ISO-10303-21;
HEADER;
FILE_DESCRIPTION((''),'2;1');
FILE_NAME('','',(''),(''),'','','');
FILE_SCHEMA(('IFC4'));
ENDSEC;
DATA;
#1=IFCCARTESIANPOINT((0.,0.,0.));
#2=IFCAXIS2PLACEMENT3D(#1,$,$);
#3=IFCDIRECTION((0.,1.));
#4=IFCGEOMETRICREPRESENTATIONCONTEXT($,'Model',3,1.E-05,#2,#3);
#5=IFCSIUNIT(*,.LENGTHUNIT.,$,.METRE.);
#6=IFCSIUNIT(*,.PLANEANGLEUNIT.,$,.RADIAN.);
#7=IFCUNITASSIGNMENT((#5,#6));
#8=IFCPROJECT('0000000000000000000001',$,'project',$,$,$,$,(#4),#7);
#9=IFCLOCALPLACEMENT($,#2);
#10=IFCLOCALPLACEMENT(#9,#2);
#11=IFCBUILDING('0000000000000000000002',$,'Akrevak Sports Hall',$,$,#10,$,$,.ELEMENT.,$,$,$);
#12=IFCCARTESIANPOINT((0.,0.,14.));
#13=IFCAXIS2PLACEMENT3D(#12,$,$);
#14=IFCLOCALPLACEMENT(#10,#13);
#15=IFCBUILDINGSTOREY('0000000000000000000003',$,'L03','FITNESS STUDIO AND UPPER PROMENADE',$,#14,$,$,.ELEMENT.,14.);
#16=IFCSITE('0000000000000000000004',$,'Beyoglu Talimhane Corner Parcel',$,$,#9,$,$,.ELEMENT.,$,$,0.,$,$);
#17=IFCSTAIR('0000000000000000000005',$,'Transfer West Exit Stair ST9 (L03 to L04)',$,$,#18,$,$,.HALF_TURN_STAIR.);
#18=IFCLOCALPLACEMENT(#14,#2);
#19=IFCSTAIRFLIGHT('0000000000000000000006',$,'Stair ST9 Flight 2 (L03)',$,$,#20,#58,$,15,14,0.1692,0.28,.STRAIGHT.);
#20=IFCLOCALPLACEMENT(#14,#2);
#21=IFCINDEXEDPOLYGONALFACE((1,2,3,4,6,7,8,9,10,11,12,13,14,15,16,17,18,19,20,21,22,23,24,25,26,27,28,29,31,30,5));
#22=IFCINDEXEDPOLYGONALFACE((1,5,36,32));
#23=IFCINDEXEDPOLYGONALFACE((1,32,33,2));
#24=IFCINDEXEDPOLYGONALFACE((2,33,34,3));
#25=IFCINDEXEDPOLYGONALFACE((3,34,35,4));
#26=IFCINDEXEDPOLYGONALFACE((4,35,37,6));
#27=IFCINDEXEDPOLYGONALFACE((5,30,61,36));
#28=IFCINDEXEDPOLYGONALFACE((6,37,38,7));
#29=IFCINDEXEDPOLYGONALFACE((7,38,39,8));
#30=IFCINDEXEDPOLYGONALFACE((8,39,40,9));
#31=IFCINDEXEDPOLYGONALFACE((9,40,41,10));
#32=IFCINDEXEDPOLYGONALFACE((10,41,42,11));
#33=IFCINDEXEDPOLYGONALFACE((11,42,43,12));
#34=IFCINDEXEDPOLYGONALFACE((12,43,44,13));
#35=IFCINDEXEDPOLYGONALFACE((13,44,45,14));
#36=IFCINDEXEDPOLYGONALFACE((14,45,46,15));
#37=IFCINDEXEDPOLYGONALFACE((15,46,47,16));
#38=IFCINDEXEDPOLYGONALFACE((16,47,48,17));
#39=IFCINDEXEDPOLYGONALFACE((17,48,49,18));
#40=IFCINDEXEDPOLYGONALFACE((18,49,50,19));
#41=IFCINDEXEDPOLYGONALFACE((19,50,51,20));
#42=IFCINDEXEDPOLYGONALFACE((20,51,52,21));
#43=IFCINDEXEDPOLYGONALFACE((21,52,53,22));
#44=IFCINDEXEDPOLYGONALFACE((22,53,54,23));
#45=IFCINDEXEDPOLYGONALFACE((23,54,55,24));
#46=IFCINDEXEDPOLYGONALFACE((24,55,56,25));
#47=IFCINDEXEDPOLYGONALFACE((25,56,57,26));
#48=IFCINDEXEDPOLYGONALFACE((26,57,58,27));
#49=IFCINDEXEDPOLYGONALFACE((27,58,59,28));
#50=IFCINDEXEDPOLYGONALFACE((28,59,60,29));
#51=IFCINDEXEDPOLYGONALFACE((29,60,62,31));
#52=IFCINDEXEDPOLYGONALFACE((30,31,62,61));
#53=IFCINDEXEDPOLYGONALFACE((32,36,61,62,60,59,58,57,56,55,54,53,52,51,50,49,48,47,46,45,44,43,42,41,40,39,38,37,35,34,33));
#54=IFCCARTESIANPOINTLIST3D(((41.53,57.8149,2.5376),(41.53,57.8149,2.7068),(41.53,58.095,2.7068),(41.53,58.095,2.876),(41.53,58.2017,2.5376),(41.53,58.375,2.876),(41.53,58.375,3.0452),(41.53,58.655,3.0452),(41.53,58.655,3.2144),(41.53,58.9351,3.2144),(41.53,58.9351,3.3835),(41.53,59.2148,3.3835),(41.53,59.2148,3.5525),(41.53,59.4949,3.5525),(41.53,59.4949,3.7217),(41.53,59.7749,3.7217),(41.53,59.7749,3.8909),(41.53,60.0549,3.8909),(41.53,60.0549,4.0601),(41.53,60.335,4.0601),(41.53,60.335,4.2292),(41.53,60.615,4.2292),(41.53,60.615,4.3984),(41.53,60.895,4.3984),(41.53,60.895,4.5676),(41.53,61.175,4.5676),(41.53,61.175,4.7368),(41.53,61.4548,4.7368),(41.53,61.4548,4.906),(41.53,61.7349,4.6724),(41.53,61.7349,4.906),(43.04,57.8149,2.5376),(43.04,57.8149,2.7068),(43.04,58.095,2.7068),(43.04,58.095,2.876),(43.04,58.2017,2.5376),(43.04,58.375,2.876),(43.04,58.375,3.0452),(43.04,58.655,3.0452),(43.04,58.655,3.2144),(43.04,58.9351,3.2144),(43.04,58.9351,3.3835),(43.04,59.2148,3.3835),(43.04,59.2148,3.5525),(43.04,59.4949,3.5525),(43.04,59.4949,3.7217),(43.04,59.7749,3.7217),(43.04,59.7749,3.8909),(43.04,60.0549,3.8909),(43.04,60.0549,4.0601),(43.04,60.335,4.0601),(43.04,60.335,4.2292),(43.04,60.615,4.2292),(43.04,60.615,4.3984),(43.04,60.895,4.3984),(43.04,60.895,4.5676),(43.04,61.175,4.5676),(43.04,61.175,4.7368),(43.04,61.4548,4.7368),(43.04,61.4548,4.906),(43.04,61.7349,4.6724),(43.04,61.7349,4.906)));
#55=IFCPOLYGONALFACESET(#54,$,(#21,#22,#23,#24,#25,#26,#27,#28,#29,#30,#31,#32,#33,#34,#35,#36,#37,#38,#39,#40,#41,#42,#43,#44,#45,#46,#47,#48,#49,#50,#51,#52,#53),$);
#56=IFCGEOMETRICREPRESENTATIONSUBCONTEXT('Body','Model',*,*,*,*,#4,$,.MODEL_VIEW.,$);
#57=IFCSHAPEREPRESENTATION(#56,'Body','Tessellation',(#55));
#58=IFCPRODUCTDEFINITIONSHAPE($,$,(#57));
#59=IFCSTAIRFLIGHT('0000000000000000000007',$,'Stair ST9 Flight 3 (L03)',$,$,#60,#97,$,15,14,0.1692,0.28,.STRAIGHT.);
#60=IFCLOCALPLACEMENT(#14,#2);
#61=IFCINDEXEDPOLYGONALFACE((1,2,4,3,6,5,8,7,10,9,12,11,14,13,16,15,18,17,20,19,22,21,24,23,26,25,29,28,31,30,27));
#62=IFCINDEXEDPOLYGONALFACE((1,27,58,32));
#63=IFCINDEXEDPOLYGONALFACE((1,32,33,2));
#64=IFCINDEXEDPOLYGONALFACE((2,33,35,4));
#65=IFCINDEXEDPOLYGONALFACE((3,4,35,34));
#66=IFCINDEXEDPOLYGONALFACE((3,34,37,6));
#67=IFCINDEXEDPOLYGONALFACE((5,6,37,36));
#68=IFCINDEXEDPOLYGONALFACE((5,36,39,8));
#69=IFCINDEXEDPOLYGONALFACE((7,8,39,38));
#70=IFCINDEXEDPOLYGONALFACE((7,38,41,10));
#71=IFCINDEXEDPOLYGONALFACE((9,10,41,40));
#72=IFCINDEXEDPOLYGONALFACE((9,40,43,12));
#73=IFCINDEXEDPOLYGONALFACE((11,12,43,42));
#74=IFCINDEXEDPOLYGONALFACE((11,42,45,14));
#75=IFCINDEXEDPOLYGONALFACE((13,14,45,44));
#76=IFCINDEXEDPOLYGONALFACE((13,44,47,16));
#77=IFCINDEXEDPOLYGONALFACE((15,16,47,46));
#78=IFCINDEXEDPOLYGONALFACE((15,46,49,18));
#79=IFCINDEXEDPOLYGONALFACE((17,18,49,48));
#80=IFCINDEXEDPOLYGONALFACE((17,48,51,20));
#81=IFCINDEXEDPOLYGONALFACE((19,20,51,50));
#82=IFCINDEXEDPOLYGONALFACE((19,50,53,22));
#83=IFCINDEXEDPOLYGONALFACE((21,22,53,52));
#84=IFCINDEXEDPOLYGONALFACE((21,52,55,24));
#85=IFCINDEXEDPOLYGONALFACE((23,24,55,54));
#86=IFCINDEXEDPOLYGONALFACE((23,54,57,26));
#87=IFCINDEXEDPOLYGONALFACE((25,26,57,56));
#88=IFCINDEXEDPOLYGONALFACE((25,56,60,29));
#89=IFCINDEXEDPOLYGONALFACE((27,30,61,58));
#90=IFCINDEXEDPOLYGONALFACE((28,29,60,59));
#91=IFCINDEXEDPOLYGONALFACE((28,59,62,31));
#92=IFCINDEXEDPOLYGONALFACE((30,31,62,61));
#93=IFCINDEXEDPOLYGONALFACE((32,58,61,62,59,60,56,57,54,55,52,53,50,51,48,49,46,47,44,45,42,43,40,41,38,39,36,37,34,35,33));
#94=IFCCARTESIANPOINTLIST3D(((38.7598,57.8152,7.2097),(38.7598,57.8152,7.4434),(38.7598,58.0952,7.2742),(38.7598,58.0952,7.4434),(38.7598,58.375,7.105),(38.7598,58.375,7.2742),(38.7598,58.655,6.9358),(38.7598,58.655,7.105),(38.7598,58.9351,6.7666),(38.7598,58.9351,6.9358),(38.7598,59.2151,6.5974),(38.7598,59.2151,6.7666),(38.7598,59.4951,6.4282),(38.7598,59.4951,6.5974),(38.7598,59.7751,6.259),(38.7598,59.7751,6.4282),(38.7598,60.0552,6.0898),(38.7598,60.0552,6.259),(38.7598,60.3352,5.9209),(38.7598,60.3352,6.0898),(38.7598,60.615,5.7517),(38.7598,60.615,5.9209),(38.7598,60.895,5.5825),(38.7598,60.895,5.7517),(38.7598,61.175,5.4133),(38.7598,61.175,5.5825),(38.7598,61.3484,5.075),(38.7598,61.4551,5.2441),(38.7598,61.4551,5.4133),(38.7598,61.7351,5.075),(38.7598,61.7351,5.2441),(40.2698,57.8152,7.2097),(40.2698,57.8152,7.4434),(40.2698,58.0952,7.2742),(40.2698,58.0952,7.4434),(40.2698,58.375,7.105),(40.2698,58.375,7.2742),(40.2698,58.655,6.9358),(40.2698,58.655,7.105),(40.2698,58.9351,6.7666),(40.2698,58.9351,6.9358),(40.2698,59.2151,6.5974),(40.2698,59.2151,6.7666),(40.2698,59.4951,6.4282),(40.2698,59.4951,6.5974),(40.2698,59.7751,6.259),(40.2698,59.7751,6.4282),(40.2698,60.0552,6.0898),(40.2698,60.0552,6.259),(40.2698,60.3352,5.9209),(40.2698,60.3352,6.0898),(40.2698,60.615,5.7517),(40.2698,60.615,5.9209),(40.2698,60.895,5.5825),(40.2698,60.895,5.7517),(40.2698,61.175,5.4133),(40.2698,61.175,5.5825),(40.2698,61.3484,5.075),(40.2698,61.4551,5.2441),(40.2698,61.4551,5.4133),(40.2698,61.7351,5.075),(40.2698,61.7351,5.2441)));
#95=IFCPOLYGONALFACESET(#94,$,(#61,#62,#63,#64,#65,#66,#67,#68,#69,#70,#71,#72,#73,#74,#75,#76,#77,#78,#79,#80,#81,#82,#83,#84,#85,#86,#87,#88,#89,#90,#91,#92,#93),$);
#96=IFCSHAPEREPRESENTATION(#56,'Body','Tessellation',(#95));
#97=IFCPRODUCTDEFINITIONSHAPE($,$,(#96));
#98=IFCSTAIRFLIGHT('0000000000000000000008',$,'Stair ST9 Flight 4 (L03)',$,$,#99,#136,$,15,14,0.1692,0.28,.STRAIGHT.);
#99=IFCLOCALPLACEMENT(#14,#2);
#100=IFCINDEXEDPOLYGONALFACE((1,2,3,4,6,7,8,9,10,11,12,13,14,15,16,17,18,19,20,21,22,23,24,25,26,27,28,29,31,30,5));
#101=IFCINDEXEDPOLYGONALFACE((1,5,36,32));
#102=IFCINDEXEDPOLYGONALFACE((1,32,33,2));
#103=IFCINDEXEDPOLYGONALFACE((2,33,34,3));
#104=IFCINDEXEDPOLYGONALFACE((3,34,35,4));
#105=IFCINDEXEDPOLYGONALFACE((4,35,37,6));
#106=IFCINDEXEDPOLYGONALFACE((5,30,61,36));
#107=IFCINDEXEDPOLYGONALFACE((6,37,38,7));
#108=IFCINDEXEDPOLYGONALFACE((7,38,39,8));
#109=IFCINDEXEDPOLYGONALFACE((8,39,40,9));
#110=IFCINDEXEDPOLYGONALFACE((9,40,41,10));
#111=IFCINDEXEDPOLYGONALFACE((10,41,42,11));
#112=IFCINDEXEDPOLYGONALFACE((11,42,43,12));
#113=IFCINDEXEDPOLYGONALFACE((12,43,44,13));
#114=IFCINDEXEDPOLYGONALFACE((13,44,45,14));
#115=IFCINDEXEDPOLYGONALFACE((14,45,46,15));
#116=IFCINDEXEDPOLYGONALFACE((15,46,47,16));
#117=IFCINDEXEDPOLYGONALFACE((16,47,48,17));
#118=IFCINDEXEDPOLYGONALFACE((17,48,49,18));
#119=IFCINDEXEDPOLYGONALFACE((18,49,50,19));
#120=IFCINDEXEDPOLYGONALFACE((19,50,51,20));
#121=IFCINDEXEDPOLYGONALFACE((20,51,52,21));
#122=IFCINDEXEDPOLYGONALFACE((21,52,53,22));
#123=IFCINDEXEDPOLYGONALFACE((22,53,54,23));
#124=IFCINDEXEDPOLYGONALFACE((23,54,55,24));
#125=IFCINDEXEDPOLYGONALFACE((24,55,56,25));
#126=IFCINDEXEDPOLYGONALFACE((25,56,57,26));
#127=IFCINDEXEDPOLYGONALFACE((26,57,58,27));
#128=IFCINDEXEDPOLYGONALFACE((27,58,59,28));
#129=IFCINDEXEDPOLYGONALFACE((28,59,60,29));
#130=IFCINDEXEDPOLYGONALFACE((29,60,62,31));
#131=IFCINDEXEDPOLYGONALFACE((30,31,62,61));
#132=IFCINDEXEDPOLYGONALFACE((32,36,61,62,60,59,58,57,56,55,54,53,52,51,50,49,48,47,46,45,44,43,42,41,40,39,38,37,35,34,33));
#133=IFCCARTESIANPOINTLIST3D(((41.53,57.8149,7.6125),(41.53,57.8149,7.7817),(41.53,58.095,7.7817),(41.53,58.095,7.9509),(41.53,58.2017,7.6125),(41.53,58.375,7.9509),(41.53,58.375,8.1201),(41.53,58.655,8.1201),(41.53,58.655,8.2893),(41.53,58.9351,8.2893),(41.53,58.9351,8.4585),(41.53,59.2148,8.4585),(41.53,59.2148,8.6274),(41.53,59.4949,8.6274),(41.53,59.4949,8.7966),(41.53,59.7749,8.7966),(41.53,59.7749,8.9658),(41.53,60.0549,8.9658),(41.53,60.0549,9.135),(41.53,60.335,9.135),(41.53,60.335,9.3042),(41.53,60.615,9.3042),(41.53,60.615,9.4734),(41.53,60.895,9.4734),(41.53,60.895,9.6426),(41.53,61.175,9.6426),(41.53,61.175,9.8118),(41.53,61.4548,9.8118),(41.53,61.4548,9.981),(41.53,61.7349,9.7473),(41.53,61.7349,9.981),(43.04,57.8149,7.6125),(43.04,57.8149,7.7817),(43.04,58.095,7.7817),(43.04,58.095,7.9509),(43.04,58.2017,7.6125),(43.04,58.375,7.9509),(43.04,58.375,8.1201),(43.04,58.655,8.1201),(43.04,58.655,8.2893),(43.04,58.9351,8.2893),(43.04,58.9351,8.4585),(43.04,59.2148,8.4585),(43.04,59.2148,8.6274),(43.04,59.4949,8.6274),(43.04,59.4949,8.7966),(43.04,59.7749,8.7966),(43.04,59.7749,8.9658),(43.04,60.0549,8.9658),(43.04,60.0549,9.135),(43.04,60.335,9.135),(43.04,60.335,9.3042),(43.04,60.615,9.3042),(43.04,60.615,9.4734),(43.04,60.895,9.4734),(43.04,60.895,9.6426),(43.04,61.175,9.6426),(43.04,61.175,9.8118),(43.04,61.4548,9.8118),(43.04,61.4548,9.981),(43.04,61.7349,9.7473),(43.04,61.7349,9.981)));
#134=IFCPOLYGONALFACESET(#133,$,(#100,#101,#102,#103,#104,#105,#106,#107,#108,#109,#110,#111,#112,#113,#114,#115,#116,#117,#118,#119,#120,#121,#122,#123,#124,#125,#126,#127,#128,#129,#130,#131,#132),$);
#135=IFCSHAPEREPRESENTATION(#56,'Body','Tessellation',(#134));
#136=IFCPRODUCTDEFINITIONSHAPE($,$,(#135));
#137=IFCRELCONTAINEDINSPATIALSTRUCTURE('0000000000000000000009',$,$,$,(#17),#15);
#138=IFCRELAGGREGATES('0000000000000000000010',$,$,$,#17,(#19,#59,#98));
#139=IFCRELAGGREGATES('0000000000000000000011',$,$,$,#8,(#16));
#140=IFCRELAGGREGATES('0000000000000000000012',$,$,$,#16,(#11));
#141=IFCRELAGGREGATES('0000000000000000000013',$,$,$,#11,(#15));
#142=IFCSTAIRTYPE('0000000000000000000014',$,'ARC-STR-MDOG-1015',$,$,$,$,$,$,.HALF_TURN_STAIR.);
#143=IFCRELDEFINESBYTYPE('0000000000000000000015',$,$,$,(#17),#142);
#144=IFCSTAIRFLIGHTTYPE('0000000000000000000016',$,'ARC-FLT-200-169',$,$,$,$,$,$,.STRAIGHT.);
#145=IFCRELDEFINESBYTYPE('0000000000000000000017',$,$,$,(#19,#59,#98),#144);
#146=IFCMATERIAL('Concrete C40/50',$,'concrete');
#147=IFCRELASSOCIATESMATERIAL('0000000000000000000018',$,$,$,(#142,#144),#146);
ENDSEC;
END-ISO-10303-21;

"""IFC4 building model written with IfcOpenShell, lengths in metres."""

from ifc_helpers import new_model, si_unit, direction, frame, origin, place, context, subcontext, project, spatial, polyline, outline, extrude, material, type_object, element, aggregate, save


model = new_model("IFC4")

# Units and contexts
model_context = context("Model", 3, precision=1e-05, world=origin(), true_north=direction((0.0, 1.0)))
body_context = subcontext(model_context, "Body", "Model", "MODEL_VIEW")
ifc_project = project(units=[si_unit("LENGTHUNIT", "METRE"), si_unit("PLANEANGLEUNIT", "RADIAN")], contexts=[model_context])

# Site, building, storey
site_placement = place(None, origin())
site = spatial("IfcSite", under=ifc_project, at=site_placement, Name="Beyoglu Talimhane Corner Parcel", CompositionType="ELEMENT", RefElevation=0.0)
building_placement = place(site_placement, origin())
building = spatial("IfcBuilding", under=site, at=building_placement, Name="Akrevak Sports Hall", CompositionType="ELEMENT")
storey_placement = place(building_placement, frame((0.0, 0.0, 14.0)))
storey = spatial("IfcBuildingStorey", under=building, at=storey_placement, Name="L03", Description="FITNESS STUDIO AND UPPER PROMENADE", CompositionType="ELEMENT", Elevation=14.0)

# Shared definitions
ifc_material_1 = material(Name="Concrete C40/50", Category="concrete")

# Stair, stair flights
stair_type = type_object("IfcStairType", Name="ARC-STR-MDOG-1015", PredefinedType="HALF_TURN_STAIR", material=ifc_material_1)
stair_flight_type = type_object("IfcStairFlightType", Name="ARC-FLT-200-169", PredefinedType="STRAIGHT", material=ifc_material_1)
stair_1_placement = place(storey_placement, origin())
stair_1 = element("IfcStair", 1, at=stair_1_placement, inside=storey, type_object=stair_type, Name="Transfer West Exit Stair ST9 (L03 to L04)", PredefinedType="HALF_TURN_STAIR")
stair_flight_1_placement = place(storey_placement, frame((42.2849, 57.8149, 2.5376), z_axis=(0.0, 0.0, 1.0), x_axis=(0.0, 1.0, 0.0)))
stair_flight_1 = element("IfcStairFlight", 2, at=stair_flight_1_placement, type_object=stair_flight_type, Name="Stair ST9 Flight 2 (L03)", NumberOfRisers=15, NumberOfTreads=14, PredefinedType="STRAIGHT", RiserHeight=0.1692, TreadLength=0.28, context=body_context, shape_type="SweptSolid", body=[
    extrude(outline(polyline([(0.0, 0.0), (0.0, 0.1692), (0.28, 0.1692), (0.28, 0.3384), (0.5601, 0.3384), (0.5601, 0.5076), (0.8401, 0.5076), (0.8401, 0.6768), (1.1201, 0.6768), (1.1201, 0.8459), (1.3999, 0.8459), (1.3999, 1.0149), (1.6799, 1.0149), (1.6799, 1.1841), (1.96, 1.1841), (1.96, 1.3533), (2.24, 1.3533), (2.24, 1.5225), (2.52, 1.5225), (2.52, 1.6917), (2.8, 1.6917), (2.8, 1.8608), (3.0801, 1.8608), (3.0801, 2.03), (3.3601, 2.03), (3.3601, 2.1992), (3.6399, 2.1992), (3.6399, 2.3684), (3.9199, 2.3684), (3.9199, 2.5376), (3.9199, 2.1348), (0.3867, 0.0), (0.0, 0.0)])), frame((0.0, 0.7549, 0.0), z_axis=(0.0, -1.0, 0.0), x_axis=(1.0, 0.0, 0.0)), (0.0, 0.0, 1.0), 1.51),
])
stair_flight_2_placement = place(storey_placement, frame((39.5149, 61.7351, 5.075), z_axis=(0.0, 0.0, 1.0), x_axis=(0.0, -1.0, 0.0)))
stair_flight_2 = element("IfcStairFlight", 3, at=stair_flight_2_placement, type_object=stair_flight_type, Name="Stair ST9 Flight 3 (L03)", NumberOfRisers=15, NumberOfTreads=14, PredefinedType="STRAIGHT", RiserHeight=0.1692, TreadLength=0.28, context=body_context, shape_type="SweptSolid", body=[
    extrude(outline(polyline([(0.0, 0.0), (0.0, 0.1692), (0.28, 0.1692), (0.28, 0.3384), (0.5601, 0.3384), (0.5601, 0.5076), (0.8401, 0.5076), (0.8401, 0.6768), (1.1201, 0.6768), (1.1201, 0.8459), (1.3999, 0.8459), (1.3999, 1.0149), (1.6799, 1.0149), (1.6799, 1.1841), (1.96, 1.1841), (1.96, 1.3533), (2.24, 1.3533), (2.24, 1.5225), (2.52, 1.5225), (2.52, 1.6917), (2.8, 1.6917), (2.8, 1.8608), (3.0801, 1.8608), (3.0801, 2.03), (3.3601, 2.03), (3.3601, 2.1992), (3.6399, 2.1992), (3.6399, 2.3684), (3.9199, 2.3684), (3.9199, 2.5376), (3.9199, 2.1348), (0.3867, 0.0), (0.0, 0.0)])), frame((0.0, 0.7549, 0.0), z_axis=(0.0, -1.0, 0.0), x_axis=(1.0, 0.0, 0.0)), (0.0, 0.0, 1.0), 1.51),
])
stair_flight_3_placement = place(storey_placement, frame((42.2849, 57.8149, 7.6125), z_axis=(0.0, 0.0, 1.0), x_axis=(0.0, 1.0, 0.0)))
stair_flight_3 = element("IfcStairFlight", 4, at=stair_flight_3_placement, type_object=stair_flight_type, Name="Stair ST9 Flight 4 (L03)", NumberOfRisers=15, NumberOfTreads=14, PredefinedType="STRAIGHT", RiserHeight=0.1692, TreadLength=0.28, context=body_context, shape_type="SweptSolid", body=[
    extrude(outline(polyline([(0.0, 0.0), (0.0, 0.1692), (0.28, 0.1692), (0.28, 0.3384), (0.5601, 0.3384), (0.5601, 0.5076), (0.8401, 0.5076), (0.8401, 0.6768), (1.1201, 0.6768), (1.1201, 0.8459), (1.3999, 0.8459), (1.3999, 1.0149), (1.6799, 1.0149), (1.6799, 1.1841), (1.96, 1.1841), (1.96, 1.3533), (2.24, 1.3533), (2.24, 1.5225), (2.52, 1.5225), (2.52, 1.6917), (2.8, 1.6917), (2.8, 1.8608), (3.0801, 1.8608), (3.0801, 2.03), (3.3601, 2.03), (3.3601, 2.1992), (3.6399, 2.1992), (3.6399, 2.3684), (3.9199, 2.3684), (3.9199, 2.5376), (3.9199, 2.1348), (0.3867, 0.0), (0.0, 0.0)])), frame((0.0, 0.7549, 0.0), z_axis=(0.0, -1.0, 0.0), x_axis=(1.0, 0.0, 0.0)), (0.0, 0.0, 1.0), 1.51),
])
aggregate(stair_1, [stair_flight_1, stair_flight_2, stair_flight_3])

save(model, "model.ifc")
